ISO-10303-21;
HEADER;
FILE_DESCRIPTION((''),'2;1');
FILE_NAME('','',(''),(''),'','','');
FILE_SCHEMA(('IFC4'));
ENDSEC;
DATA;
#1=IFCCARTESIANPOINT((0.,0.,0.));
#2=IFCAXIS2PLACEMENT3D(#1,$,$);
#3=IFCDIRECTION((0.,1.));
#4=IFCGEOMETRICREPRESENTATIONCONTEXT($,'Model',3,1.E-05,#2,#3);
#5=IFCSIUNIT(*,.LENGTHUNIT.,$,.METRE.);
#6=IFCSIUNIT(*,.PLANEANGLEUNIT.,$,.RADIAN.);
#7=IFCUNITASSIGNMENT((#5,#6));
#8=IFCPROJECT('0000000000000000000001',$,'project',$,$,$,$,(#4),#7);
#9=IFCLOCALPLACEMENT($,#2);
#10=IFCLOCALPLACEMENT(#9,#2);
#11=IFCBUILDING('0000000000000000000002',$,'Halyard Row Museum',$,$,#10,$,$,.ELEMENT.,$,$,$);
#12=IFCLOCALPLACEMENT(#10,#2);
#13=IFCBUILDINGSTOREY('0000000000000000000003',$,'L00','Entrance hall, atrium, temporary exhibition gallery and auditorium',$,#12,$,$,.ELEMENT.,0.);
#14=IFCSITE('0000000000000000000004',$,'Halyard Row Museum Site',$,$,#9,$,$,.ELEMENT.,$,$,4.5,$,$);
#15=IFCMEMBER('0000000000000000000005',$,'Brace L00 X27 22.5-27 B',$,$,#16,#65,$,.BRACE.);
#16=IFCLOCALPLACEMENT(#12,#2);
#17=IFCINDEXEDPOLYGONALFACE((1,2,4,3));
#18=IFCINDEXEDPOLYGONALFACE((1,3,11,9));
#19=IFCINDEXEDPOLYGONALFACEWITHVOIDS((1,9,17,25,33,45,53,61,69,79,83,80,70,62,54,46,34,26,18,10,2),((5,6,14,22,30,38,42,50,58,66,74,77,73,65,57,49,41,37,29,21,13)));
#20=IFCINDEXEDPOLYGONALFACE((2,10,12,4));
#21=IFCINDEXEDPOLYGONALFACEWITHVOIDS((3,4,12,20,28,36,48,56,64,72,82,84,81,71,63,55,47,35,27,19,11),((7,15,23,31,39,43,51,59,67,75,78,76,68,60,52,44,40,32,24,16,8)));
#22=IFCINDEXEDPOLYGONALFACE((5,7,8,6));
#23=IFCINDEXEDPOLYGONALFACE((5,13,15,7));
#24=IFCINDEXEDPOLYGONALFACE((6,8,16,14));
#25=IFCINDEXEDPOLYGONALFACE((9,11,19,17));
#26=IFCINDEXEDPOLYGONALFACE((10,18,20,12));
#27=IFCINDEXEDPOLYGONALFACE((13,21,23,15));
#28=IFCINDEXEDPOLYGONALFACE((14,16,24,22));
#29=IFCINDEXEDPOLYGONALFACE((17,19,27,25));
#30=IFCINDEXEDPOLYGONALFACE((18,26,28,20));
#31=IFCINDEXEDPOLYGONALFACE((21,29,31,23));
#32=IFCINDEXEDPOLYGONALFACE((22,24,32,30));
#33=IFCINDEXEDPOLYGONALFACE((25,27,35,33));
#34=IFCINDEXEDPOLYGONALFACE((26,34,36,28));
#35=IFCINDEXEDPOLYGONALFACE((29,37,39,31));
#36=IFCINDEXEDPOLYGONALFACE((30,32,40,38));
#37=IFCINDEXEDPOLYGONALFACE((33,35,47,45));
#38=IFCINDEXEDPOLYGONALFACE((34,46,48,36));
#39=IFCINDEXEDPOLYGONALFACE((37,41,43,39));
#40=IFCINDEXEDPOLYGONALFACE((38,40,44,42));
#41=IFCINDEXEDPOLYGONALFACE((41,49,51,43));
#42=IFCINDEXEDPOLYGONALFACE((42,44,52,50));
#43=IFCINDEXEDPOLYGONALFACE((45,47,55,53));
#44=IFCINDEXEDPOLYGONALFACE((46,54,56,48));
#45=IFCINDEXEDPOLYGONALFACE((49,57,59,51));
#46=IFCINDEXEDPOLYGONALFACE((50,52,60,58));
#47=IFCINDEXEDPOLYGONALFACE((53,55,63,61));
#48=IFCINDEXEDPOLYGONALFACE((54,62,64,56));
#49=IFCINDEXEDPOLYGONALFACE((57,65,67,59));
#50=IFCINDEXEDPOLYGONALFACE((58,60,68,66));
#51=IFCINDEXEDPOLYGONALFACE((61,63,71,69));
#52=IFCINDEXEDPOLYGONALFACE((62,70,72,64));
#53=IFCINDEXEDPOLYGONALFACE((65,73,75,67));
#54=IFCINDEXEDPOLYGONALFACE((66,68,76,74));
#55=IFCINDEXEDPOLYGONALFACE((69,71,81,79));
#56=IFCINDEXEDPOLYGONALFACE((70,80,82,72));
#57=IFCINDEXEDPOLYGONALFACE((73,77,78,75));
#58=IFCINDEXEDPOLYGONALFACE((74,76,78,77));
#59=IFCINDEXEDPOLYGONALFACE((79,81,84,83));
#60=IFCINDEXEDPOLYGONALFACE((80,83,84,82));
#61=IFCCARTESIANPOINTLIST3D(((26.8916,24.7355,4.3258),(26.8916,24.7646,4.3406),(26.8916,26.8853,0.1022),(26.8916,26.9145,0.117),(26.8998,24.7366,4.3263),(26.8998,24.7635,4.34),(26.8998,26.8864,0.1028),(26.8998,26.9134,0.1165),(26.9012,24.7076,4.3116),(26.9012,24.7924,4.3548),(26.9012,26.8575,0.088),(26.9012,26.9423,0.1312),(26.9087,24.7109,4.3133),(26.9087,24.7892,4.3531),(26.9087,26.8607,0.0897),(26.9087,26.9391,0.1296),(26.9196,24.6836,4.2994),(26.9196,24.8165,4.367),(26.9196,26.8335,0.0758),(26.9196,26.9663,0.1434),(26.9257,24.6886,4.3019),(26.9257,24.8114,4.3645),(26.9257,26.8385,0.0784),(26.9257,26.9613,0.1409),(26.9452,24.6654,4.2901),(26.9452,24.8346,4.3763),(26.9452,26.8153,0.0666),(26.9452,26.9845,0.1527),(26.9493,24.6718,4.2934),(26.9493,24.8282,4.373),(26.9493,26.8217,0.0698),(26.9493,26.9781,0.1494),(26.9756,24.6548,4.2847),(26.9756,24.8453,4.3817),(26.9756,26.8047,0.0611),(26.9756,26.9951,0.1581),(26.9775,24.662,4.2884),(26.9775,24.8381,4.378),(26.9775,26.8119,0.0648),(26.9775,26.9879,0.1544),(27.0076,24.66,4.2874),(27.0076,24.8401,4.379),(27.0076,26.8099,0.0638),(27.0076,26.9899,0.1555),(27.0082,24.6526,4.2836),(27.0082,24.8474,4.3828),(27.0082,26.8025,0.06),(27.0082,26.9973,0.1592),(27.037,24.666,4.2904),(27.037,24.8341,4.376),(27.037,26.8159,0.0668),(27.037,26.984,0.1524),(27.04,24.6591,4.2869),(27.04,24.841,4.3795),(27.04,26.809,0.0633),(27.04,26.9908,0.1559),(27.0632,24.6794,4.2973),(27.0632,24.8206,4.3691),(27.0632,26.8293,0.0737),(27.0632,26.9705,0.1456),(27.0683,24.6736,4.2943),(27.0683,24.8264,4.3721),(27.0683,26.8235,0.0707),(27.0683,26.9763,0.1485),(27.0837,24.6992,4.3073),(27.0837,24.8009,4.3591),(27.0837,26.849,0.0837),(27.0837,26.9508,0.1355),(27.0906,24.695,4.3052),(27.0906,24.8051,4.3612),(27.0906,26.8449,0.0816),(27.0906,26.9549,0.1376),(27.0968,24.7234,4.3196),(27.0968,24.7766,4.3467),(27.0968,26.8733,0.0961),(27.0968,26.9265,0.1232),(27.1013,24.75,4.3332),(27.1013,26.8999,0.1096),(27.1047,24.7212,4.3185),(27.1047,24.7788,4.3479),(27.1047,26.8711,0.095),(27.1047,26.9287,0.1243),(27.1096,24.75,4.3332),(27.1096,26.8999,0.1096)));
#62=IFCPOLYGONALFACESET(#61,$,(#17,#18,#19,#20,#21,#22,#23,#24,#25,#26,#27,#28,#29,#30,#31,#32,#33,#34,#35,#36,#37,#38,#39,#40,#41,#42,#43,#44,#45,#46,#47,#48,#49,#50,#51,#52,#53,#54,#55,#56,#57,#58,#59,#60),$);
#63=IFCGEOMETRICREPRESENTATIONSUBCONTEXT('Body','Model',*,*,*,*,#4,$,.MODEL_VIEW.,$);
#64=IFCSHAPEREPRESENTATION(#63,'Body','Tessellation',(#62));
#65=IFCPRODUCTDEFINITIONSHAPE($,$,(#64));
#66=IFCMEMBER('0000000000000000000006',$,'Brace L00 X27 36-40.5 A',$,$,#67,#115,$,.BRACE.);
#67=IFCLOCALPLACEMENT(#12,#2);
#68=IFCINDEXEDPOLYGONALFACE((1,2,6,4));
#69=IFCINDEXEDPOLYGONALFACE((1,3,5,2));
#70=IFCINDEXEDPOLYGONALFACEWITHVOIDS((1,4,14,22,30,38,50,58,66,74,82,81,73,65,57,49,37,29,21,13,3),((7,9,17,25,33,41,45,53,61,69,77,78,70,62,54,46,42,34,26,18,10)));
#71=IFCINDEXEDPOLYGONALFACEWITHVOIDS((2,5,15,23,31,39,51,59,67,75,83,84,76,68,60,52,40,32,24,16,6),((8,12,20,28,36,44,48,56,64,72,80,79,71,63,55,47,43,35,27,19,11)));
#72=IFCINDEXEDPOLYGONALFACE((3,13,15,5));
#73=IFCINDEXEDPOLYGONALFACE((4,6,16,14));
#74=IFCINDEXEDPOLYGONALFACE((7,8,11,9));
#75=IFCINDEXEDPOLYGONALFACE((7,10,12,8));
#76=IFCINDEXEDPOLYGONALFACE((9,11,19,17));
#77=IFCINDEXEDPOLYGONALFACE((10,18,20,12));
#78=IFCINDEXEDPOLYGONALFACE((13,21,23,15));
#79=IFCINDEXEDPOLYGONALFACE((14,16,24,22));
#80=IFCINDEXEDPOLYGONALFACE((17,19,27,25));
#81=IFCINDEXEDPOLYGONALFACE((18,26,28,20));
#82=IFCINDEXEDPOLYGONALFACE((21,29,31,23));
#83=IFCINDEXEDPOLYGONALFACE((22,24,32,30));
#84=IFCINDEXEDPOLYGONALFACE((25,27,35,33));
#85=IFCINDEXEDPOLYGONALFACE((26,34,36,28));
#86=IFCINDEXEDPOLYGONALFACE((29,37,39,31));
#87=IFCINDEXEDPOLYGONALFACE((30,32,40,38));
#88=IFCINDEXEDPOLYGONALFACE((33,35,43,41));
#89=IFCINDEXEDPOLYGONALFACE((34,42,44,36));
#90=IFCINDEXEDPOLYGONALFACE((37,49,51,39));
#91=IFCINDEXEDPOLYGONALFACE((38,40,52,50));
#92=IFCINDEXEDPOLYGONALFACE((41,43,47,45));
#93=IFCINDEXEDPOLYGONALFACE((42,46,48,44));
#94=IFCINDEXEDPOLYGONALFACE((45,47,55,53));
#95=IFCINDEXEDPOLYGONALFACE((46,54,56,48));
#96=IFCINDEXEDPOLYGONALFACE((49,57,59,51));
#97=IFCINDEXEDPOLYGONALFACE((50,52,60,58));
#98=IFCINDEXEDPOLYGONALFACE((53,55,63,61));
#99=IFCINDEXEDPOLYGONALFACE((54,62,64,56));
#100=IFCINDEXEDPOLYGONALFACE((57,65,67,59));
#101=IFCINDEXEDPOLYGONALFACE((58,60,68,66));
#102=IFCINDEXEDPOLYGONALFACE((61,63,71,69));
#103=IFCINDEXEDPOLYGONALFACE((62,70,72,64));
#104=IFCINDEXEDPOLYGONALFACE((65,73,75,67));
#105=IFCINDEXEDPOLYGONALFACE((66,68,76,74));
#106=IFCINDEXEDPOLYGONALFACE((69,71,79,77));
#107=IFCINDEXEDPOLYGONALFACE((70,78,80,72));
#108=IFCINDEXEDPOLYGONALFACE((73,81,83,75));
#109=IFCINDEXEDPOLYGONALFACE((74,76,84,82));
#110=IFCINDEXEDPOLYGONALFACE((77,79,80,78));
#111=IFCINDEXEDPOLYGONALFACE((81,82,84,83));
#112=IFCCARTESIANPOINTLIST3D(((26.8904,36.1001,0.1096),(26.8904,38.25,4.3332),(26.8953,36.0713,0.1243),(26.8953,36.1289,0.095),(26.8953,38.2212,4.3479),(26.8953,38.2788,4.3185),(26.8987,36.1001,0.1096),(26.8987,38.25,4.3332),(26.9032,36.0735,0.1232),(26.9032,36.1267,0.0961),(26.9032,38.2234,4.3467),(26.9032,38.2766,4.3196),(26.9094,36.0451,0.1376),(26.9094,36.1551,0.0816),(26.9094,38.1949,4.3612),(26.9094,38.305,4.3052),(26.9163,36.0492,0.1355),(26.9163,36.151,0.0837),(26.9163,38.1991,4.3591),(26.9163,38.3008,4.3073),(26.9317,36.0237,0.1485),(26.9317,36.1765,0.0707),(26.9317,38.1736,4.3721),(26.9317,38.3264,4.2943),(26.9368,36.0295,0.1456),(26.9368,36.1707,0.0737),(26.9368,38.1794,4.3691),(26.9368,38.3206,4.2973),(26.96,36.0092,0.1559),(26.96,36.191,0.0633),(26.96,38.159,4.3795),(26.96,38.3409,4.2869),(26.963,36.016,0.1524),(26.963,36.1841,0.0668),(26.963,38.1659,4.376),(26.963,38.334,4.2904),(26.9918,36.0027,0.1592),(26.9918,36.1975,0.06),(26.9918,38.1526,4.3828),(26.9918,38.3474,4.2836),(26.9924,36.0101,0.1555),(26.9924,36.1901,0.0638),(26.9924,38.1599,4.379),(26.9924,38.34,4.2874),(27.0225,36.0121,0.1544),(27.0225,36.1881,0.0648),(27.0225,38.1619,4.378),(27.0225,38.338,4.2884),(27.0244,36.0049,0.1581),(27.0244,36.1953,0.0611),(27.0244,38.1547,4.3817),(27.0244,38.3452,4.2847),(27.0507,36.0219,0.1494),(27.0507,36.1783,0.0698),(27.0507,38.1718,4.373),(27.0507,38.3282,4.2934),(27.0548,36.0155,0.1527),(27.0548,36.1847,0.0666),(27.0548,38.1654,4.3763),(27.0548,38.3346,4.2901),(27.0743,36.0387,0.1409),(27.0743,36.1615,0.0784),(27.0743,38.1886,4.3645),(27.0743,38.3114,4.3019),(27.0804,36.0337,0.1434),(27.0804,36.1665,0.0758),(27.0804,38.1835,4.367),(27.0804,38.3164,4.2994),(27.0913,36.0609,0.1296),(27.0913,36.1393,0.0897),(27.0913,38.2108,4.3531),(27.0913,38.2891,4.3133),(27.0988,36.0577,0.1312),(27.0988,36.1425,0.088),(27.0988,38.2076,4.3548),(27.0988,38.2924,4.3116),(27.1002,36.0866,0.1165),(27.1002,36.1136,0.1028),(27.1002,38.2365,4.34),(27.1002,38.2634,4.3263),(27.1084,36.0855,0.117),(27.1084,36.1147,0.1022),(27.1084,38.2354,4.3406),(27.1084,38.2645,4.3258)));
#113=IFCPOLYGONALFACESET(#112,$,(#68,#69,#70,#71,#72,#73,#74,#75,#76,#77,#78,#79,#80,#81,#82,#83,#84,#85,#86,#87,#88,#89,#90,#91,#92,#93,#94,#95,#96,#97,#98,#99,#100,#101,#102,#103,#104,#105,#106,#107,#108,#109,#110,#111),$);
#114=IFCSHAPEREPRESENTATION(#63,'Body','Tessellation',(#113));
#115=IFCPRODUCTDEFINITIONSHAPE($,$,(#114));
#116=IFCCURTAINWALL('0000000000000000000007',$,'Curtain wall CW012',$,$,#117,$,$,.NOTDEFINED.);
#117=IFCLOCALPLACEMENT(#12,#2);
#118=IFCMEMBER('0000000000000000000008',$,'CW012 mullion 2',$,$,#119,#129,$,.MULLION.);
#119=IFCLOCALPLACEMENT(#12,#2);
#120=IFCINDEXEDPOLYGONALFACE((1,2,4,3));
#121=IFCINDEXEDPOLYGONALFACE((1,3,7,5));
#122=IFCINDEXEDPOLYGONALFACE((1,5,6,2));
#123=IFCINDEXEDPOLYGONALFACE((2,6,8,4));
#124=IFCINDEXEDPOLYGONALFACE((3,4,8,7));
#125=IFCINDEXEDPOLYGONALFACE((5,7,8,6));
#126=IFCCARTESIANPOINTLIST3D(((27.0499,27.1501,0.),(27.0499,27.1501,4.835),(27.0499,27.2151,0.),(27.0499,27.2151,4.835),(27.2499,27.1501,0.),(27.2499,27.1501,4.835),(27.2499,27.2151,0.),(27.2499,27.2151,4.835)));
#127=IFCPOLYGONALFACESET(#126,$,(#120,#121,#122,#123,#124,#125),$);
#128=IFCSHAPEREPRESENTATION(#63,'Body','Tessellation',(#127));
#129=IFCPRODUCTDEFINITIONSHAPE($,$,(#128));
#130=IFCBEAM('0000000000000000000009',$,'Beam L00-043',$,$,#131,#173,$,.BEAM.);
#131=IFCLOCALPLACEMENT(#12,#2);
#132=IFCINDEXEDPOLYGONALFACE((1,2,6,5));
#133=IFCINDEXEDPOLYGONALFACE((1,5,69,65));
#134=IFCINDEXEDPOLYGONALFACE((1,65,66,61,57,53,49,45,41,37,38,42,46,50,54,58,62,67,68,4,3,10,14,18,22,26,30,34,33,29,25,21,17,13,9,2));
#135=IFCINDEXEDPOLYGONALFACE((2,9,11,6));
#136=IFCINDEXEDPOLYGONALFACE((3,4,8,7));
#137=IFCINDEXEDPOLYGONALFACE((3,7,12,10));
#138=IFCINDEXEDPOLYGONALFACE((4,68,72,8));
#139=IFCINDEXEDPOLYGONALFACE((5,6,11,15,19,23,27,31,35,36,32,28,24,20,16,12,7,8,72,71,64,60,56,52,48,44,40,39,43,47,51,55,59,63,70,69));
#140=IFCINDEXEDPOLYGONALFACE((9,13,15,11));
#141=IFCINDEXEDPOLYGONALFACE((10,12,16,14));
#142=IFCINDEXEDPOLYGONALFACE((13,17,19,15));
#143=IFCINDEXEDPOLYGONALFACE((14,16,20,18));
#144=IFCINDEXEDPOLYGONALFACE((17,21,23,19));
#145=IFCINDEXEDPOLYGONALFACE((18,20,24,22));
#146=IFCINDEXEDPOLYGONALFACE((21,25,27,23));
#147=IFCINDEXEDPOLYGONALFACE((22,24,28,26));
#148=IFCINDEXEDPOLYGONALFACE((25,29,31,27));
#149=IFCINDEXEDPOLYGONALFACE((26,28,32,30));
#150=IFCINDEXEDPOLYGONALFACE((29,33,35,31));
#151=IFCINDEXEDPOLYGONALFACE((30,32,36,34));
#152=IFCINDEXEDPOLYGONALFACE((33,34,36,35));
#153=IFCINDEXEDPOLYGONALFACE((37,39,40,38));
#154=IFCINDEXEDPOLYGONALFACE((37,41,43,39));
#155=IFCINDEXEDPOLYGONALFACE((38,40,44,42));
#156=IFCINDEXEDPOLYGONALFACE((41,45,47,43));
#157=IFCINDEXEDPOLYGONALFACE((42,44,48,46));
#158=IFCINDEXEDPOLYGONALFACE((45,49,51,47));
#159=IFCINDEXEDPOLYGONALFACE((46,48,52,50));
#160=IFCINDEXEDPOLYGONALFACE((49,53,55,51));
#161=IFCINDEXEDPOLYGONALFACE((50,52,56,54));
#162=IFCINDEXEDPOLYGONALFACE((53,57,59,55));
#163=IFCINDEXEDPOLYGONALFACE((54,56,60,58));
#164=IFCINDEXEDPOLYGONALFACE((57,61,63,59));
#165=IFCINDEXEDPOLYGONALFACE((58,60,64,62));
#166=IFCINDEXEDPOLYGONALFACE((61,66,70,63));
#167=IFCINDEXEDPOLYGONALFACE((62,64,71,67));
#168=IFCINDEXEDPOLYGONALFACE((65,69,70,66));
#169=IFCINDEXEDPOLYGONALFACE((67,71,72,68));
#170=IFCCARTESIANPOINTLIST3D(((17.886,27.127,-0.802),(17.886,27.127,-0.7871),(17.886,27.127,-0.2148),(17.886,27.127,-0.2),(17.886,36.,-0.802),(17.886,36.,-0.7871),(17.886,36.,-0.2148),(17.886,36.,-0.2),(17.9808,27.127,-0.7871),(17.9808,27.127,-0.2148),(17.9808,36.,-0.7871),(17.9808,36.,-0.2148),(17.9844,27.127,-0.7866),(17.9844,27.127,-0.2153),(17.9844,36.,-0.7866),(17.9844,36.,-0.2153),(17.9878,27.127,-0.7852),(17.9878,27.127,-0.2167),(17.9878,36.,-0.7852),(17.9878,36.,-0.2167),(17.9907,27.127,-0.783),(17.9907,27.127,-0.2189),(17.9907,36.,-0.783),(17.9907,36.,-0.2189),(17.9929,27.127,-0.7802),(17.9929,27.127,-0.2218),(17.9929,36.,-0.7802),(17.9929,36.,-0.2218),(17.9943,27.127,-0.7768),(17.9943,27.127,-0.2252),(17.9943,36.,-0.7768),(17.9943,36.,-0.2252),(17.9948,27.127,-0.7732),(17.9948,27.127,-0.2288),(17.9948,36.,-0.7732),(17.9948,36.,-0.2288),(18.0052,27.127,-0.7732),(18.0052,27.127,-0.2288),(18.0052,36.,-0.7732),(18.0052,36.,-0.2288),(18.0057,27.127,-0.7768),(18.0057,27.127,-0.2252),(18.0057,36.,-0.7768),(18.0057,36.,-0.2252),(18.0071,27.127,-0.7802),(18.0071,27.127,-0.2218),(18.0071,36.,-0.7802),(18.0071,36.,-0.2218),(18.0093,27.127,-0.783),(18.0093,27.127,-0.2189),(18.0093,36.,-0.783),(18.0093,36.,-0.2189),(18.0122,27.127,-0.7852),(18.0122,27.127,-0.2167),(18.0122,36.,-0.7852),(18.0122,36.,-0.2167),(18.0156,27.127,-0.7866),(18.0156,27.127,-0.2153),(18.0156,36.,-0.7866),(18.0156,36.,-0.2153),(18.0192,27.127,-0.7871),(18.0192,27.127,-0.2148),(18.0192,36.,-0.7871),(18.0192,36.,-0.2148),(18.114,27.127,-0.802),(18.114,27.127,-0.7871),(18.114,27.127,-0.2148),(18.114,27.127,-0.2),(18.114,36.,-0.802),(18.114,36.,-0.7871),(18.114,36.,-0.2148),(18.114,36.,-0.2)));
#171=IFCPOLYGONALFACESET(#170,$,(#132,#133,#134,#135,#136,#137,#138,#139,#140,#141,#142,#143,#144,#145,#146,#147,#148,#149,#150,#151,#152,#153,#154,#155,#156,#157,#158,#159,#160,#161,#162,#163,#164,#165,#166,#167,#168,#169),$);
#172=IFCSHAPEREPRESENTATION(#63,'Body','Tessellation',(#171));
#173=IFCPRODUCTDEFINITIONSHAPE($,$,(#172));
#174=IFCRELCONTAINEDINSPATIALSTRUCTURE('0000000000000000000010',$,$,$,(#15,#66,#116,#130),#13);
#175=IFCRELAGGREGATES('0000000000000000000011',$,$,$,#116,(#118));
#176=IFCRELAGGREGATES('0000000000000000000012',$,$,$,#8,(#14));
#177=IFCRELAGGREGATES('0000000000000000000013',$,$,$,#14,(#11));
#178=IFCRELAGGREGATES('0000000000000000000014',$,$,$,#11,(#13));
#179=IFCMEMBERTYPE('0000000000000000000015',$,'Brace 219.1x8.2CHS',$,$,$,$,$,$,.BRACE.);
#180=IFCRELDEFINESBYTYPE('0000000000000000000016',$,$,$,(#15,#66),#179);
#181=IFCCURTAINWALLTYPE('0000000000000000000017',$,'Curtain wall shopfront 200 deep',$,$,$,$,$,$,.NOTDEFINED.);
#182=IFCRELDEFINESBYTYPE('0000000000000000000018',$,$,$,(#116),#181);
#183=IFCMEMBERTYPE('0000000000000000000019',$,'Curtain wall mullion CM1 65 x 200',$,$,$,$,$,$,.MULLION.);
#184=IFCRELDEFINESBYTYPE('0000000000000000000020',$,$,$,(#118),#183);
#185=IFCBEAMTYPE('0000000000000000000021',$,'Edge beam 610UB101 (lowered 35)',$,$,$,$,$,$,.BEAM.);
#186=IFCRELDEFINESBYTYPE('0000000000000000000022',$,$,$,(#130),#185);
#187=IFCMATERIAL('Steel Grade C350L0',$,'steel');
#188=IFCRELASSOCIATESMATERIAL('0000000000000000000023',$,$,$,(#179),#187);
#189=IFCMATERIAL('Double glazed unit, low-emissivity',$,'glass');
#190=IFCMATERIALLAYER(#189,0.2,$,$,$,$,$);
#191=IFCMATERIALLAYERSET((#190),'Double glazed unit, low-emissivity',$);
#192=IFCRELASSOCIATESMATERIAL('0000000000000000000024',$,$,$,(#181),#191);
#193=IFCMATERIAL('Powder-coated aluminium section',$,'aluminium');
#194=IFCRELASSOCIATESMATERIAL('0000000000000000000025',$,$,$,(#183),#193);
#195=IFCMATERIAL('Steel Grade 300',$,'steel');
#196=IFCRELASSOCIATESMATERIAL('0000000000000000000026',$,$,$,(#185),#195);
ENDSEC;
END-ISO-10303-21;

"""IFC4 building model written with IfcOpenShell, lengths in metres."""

from ifc_helpers import new_model, si_unit, direction, frame, origin, origin_2d, place, context, subcontext, project, spatial, rectangle, hollow_circle, i_section, extrude, material, layer, layer_set, material_profile, profile_set, type_object, element, aggregate, save


model = new_model("IFC4")

# Units and contexts
model_context = context("Model", 3, precision=1e-05, world=origin(), true_north=direction((0.0, 1.0)))
body_context = subcontext(model_context, "Body", "Model", "MODEL_VIEW")
ifc_project = project(units=[si_unit("LENGTHUNIT", "METRE"), si_unit("PLANEANGLEUNIT", "RADIAN")], contexts=[model_context])

# Site, building, storey
site_placement = place(None, origin())
site = spatial("IfcSite", under=ifc_project, at=site_placement, Name="Halyard Row Museum Site", CompositionType="ELEMENT", RefElevation=4.5)
building_placement = place(site_placement, origin())
building = spatial("IfcBuilding", under=site, at=building_placement, Name="Halyard Row Museum", CompositionType="ELEMENT")
storey_placement = place(building_placement, origin())
storey = spatial("IfcBuildingStorey", under=building, at=storey_placement, Name="L00", Description="Entrance hall, atrium, temporary exhibition gallery and auditorium", CompositionType="ELEMENT", Elevation=0.0)

# Members
ifc_material_1 = material(Name="Steel Grade C350L0", Category="steel")
ifc_material_profile_1 = material_profile(ifc_material_1, hollow_circle(Radius=0.1096, WallThickness=0.0083, at=origin_2d()), Name="219.1x8.2CHS")
ifc_profile_set_1 = profile_set([ifc_material_profile_1], Name="Steel Grade C350L0")
member_type_1 = type_object("IfcMemberType", Name="Brace 219.1x8.2CHS", PredefinedType="BRACE", material=ifc_profile_set_1)
for number, where, z_axis, x_axis, name in (
    (1, (27.0, 26.8999, 0.1096), (0.0, -0.453631, 0.89119), (1.0, 0.0, 0.0), "Brace L00 X27 22.5-27 B"),
    (2, (27.0, 36.1001, 0.1096), (0.0, 0.453631, 0.89119), (-1.0, 0.0, 0.0), "Brace L00 X27 36-40.5 A"),
):
    element("IfcMember", number, at=place(storey_placement, frame(where, z_axis=z_axis, x_axis=x_axis)), inside=storey, type_object=member_type_1, Name=name, PredefinedType="BRACE", context=body_context, shape_type="SweptSolid", body=[
        extrude(hollow_circle(Radius=0.1096, WallThickness=0.0083, at=origin_2d()), origin(), (0.0, 0.0, 1.0), 4.7393),
    ])

# Curtain wall, member
ifc_material_2 = material(Name="Double glazed unit, low-emissivity", Category="glass")
ifc_layer_1 = layer(ifc_material_2, 0.2)
ifc_layer_set_1 = layer_set([ifc_layer_1], Name="Double glazed unit, low-emissivity")
curtain_wall_type = type_object("IfcCurtainWallType", Name="Curtain wall shopfront 200 deep", PredefinedType="NOTDEFINED", material=ifc_layer_set_1)
curtain_wall_placement = place(storey_placement, origin())
curtain_wall = element("IfcCurtainWall", 3, at=curtain_wall_placement, inside=storey, type_object=curtain_wall_type, Name="Curtain wall CW012", PredefinedType="NOTDEFINED")
ifc_material_3 = material(Name="Powder-coated aluminium section", Category="aluminium")
ifc_material_profile_2 = material_profile(ifc_material_3, rectangle(XDim=0.2, YDim=0.0649, at=origin_2d()), Name="200x65 mullion")
ifc_profile_set_2 = profile_set([ifc_material_profile_2], Name="Powder-coated aluminium section")
member_type_2 = type_object("IfcMemberType", Name="Curtain wall mullion CM1 65 x 200", PredefinedType="MULLION", material=ifc_profile_set_2)
member_placement = place(storey_placement, frame((27.1499, 27.1826, 0.0), z_axis=(0.0, 0.0, 1.0), x_axis=(1.0, 0.0, 0.0)))
member = element("IfcMember", 4, at=member_placement, type_object=member_type_2, Name="CW012 mullion 2", PredefinedType="MULLION", context=body_context, shape_type="SweptSolid", body=[
    extrude(rectangle(XDim=0.2, YDim=0.0649, at=origin_2d()), origin(), (0.0, 0.0, 1.0), 4.835),
])

# Beam
ifc_material_4 = material(Name="Steel Grade 300", Category="steel")
ifc_material_profile_3 = material_profile(ifc_material_4, i_section(OverallWidth=0.228, OverallDepth=0.6021, WebThickness=0.0105, FlangeThickness=0.0149, FilletRadius=0.0139, at=origin_2d()), Name="610UB101")
ifc_profile_set_3 = profile_set([ifc_material_profile_3], Name="Steel Grade 300")
beam_type_1 = type_object("IfcBeamType", Name="Edge beam 610UB101 (lowered 35)", PredefinedType="BEAM", material=ifc_profile_set_3)
beam_1_placement = place(storey_placement, frame((18.0, 27.127, -0.501), z_axis=(0.0, 1.0, 0.0), x_axis=(-1.0, 0.0, 0.0)))
element("IfcBeam", 5, at=beam_1_placement, inside=storey, type_object=beam_type_1, Name="Beam L00-043", PredefinedType="BEAM", context=body_context, shape_type="SweptSolid", body=[
    extrude(i_section(OverallWidth=0.228, OverallDepth=0.6021, WebThickness=0.0105, FlangeThickness=0.0149, FilletRadius=0.0139, at=origin_2d()), origin(), (0.0, 0.0, 1.0), 8.873),
])

aggregate(curtain_wall, [member])

save(model, "model.ifc")
